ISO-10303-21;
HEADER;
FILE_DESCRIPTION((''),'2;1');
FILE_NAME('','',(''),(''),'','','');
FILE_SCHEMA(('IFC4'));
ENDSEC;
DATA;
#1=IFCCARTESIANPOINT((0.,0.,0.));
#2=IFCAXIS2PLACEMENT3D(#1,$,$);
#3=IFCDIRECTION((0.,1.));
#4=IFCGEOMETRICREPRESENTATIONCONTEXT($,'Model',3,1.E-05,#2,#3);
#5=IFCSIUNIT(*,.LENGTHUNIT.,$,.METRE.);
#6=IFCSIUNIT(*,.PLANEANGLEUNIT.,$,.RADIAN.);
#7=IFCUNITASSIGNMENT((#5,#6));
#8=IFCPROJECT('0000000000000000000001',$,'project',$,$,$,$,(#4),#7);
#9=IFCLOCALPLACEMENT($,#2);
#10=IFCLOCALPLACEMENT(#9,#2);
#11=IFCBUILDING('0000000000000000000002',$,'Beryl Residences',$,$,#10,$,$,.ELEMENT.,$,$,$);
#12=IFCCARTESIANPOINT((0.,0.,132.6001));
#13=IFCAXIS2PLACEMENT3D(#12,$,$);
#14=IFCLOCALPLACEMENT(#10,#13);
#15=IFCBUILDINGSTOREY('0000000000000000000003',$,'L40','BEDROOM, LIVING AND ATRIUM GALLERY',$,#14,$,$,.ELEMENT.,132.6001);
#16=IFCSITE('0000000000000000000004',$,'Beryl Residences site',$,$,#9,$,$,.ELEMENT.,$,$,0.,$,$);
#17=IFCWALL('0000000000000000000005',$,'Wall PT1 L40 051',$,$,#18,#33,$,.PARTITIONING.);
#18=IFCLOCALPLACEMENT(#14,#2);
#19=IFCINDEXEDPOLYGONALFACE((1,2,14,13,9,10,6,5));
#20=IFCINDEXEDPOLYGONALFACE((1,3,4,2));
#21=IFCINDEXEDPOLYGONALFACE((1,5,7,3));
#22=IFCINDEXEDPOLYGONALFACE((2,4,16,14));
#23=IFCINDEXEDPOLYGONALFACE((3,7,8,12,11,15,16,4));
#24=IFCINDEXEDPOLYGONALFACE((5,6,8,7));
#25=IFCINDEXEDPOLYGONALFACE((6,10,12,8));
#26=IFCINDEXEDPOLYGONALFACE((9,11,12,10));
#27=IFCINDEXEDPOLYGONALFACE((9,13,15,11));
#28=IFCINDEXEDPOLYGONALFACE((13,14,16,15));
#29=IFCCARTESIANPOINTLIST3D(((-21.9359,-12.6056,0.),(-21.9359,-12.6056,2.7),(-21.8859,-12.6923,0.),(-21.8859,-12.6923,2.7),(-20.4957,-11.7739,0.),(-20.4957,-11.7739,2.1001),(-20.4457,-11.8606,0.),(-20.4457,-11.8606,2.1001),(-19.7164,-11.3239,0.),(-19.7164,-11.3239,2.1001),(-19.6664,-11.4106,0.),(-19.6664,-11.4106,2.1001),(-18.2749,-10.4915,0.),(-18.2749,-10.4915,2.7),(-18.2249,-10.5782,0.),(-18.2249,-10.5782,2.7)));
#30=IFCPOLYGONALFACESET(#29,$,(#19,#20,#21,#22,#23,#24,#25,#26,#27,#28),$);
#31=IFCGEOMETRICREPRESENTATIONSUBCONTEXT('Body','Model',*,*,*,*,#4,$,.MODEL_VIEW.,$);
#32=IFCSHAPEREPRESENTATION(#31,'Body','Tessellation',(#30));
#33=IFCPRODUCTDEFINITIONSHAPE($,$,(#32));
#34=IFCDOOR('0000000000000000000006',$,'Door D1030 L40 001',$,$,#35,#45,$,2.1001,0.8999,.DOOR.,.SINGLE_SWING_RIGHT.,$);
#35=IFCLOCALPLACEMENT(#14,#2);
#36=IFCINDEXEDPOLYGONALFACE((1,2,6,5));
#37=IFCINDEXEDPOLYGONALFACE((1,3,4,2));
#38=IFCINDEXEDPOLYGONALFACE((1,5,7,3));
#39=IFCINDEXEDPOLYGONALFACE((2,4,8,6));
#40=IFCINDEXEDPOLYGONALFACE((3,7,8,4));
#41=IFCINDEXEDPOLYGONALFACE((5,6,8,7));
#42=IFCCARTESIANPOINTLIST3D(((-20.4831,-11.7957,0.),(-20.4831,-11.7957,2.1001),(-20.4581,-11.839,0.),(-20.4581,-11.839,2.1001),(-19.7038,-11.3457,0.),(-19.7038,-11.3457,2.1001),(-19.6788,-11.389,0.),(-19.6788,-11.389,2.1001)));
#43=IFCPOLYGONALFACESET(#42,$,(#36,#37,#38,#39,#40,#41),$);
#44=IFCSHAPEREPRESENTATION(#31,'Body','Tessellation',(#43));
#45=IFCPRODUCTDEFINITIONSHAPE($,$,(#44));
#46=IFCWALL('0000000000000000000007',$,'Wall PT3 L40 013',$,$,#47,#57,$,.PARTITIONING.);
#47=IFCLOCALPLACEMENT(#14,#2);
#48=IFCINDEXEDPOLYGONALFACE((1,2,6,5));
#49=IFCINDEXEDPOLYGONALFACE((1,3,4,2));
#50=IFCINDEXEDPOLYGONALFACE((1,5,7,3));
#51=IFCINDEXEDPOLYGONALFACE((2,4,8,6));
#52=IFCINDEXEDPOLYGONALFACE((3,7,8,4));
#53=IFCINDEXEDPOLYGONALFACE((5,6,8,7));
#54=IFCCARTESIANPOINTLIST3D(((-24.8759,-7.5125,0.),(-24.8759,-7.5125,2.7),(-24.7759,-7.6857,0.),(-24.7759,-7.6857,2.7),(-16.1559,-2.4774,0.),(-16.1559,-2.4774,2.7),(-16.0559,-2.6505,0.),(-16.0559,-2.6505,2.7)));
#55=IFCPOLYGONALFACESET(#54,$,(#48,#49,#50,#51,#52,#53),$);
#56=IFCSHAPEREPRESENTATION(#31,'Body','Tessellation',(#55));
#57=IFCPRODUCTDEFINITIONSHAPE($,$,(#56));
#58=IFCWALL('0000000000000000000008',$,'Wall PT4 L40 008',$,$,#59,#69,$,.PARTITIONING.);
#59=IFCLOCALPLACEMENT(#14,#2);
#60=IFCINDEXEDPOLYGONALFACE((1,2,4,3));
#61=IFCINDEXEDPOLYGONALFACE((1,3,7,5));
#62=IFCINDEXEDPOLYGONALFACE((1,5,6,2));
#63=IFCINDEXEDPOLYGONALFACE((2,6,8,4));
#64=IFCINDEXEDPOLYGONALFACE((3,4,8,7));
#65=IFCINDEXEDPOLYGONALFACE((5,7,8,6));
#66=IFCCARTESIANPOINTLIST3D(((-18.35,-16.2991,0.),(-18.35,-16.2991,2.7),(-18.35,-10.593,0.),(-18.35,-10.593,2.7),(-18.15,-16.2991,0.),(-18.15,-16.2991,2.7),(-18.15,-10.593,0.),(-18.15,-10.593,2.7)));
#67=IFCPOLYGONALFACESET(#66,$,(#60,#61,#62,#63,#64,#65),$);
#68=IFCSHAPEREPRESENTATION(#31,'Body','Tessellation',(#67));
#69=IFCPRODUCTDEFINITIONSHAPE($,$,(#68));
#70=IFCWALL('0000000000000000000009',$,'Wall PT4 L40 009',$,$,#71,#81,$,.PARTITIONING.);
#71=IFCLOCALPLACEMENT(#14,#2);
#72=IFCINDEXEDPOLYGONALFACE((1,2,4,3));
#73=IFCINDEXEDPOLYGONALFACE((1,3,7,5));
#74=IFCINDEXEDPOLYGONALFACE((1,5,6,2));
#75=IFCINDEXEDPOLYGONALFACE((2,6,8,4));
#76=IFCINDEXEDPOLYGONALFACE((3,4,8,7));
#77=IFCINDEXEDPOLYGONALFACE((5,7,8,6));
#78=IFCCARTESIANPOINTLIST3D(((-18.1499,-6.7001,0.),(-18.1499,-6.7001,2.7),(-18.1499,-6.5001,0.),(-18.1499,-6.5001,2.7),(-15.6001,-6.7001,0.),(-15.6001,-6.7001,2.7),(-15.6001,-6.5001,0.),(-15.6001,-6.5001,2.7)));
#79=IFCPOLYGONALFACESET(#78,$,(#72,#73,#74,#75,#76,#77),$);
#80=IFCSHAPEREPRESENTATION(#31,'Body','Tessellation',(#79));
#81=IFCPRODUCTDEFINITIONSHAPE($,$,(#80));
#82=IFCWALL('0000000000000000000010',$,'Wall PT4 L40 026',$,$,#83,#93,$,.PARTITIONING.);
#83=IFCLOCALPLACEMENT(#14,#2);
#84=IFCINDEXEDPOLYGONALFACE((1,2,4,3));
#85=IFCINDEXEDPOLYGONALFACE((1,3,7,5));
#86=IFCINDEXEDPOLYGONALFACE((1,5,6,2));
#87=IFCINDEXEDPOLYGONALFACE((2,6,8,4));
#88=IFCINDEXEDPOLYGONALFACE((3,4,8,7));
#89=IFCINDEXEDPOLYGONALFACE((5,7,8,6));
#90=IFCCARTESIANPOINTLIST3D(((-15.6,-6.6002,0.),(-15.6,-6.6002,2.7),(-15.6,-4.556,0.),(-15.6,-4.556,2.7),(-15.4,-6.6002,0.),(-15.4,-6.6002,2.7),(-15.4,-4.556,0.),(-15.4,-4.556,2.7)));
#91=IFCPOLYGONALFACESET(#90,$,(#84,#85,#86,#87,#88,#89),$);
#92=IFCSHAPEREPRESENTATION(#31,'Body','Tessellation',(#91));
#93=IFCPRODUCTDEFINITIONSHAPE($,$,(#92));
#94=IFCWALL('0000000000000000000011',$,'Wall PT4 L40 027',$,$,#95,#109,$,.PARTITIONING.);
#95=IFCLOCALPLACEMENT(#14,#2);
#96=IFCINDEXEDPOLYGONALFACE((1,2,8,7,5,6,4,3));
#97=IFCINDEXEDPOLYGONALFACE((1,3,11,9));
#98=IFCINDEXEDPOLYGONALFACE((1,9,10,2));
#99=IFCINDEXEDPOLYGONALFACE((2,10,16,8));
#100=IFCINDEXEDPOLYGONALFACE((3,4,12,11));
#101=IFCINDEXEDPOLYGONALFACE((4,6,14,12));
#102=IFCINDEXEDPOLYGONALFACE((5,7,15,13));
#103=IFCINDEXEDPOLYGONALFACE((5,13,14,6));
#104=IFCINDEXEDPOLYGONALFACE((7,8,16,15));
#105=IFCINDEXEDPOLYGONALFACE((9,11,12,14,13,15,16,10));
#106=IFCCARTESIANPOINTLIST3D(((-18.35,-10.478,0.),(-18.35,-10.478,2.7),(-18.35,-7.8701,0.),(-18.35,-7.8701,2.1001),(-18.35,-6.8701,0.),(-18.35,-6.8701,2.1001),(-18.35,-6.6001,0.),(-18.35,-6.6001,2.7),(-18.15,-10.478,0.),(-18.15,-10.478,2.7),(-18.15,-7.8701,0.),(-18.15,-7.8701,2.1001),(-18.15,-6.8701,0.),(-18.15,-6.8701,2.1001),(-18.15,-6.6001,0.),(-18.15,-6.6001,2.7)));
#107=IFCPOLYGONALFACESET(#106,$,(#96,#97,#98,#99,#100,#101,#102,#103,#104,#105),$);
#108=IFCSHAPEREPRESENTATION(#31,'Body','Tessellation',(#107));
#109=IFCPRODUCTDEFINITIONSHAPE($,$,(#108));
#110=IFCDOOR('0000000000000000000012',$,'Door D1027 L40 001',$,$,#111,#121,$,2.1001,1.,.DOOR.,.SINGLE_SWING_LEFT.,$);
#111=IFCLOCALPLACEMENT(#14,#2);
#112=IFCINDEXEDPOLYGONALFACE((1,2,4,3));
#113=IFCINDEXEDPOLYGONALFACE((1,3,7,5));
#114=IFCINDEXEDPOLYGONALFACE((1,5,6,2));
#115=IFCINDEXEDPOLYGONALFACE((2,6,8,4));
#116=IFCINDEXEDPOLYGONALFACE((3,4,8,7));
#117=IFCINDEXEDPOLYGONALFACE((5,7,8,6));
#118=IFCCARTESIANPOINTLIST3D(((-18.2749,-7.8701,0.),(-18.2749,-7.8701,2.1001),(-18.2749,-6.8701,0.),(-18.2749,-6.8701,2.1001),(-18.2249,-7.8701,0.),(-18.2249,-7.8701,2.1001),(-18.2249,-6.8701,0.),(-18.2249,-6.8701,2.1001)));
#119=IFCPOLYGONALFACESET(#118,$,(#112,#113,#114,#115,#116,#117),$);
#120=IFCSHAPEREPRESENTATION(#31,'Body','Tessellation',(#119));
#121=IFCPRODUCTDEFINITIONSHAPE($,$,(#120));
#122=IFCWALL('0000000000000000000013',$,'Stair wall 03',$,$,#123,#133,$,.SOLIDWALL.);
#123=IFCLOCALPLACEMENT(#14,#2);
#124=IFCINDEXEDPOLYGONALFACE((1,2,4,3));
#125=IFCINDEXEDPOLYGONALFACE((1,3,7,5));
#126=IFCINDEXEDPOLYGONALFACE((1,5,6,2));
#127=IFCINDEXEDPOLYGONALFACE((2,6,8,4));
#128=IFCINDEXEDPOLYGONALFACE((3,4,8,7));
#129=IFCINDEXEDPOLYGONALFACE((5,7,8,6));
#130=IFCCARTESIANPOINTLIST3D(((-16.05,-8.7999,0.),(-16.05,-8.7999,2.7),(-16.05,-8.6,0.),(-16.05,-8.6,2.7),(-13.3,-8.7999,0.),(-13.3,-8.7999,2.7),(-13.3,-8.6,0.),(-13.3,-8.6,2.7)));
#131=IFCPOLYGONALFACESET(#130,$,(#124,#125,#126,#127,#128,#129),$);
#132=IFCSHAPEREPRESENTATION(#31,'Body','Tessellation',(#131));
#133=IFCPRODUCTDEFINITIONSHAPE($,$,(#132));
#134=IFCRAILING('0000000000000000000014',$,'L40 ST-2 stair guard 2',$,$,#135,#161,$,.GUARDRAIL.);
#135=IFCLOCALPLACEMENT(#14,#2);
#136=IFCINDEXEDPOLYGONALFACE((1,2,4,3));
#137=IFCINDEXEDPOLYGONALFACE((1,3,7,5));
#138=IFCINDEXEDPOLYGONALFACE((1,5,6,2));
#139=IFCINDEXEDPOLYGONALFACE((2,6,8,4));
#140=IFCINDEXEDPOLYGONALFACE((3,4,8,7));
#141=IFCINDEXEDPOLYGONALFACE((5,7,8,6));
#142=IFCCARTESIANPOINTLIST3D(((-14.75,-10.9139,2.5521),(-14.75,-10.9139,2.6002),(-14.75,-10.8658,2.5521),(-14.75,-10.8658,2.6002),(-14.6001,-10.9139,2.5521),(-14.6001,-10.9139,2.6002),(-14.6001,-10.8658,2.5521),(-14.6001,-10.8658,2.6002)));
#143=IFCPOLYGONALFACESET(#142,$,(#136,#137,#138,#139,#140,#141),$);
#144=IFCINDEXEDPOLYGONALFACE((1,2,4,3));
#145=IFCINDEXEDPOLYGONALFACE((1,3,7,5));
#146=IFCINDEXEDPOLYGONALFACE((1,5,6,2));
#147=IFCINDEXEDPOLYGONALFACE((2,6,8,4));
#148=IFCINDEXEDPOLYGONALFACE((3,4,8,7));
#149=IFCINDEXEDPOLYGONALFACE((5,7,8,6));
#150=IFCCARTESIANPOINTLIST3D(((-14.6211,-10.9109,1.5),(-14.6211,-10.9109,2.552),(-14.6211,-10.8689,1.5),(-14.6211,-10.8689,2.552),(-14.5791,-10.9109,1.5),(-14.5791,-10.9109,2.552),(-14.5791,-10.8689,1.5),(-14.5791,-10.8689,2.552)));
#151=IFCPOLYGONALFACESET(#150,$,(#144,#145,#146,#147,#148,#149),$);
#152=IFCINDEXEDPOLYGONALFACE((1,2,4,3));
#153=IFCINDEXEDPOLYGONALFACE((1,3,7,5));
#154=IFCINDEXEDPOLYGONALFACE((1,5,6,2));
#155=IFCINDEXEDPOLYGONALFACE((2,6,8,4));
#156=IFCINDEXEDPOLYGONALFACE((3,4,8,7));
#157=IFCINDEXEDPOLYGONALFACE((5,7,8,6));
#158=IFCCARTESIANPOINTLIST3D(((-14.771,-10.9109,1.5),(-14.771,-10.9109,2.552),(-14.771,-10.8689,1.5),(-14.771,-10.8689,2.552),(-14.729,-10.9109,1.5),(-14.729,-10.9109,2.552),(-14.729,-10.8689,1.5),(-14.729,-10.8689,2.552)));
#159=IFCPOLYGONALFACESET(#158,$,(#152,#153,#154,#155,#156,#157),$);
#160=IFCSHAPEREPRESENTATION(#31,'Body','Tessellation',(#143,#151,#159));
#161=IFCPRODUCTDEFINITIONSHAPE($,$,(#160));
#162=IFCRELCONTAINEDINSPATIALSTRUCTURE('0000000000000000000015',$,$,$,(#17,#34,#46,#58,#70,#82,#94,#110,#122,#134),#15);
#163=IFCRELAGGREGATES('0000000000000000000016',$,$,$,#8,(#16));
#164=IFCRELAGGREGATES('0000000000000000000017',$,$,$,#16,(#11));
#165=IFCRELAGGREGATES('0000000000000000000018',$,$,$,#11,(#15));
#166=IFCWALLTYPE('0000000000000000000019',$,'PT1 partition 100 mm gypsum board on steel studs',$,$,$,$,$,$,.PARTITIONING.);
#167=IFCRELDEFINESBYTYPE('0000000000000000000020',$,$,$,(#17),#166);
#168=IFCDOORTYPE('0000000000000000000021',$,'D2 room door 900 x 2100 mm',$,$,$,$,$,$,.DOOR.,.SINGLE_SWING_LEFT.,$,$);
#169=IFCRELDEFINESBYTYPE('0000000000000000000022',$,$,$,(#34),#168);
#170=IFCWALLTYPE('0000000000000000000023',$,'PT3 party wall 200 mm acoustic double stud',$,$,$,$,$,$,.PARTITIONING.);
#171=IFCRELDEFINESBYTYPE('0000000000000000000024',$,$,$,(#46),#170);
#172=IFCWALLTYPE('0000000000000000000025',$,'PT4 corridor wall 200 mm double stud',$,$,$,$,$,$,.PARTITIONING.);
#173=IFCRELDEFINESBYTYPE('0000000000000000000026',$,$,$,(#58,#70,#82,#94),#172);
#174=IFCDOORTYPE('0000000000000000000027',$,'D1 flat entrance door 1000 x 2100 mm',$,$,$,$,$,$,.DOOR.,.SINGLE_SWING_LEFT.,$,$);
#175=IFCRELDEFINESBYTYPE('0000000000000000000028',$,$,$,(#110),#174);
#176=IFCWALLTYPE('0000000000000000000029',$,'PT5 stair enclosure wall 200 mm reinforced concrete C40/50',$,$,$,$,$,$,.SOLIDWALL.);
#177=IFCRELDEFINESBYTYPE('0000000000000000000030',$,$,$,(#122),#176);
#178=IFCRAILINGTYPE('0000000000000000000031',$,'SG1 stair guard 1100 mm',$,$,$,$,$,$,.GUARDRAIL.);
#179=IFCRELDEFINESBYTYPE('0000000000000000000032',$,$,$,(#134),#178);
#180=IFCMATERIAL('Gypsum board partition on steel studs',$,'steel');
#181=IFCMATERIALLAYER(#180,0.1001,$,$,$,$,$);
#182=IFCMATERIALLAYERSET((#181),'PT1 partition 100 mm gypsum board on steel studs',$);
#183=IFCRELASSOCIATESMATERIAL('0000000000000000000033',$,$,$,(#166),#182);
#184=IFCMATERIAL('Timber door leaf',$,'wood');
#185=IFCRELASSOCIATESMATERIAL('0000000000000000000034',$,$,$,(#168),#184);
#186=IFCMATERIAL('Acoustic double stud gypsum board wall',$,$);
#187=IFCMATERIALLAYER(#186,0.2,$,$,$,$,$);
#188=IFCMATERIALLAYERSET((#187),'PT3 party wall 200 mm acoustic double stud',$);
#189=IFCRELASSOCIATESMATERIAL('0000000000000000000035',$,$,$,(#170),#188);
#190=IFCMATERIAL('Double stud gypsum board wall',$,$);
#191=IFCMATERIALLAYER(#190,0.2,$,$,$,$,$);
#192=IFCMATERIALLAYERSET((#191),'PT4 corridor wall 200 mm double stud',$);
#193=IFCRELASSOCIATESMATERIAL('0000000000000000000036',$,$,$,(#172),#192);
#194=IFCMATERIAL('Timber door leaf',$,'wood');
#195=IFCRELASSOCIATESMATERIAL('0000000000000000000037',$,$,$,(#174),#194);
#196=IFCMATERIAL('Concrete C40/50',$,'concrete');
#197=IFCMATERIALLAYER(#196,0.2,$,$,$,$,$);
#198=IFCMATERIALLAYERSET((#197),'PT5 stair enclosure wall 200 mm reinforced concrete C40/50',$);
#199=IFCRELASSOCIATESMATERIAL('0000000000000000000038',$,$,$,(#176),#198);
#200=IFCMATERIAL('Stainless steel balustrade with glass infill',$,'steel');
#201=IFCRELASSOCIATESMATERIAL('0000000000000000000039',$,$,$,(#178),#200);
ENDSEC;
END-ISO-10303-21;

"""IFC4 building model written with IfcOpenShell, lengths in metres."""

from ifc_helpers import new_model, si_unit, direction, frame, frame_2d, origin, origin_2d, place, context, subcontext, project, spatial, rectangle, extrude, material, layer, layer_set, type_object, element, fill, save


model = new_model("IFC4")

# Units and contexts
model_context = context("Model", 3, precision=1e-05, world=origin(), true_north=direction((0.0, 1.0)))
body_context = subcontext(model_context, "Body", "Model", "MODEL_VIEW")
ifc_project = project(units=[si_unit("LENGTHUNIT", "METRE"), si_unit("PLANEANGLEUNIT", "RADIAN")], contexts=[model_context])

# Site, building, storey
site_placement = place(None, origin())
site = spatial("IfcSite", under=ifc_project, at=site_placement, Name="Beryl Residences site", CompositionType="ELEMENT", RefElevation=0.0)
building_placement = place(site_placement, origin())
building = spatial("IfcBuilding", under=site, at=building_placement, Name="Beryl Residences", CompositionType="ELEMENT")
storey_placement = place(building_placement, frame((0.0, 0.0, 132.6001)))
storey = spatial("IfcBuildingStorey", under=building, at=storey_placement, Name="L40", Description="BEDROOM, LIVING AND ATRIUM GALLERY", CompositionType="ELEMENT", Elevation=132.6001)

# Shared definitions
ifc_material_1 = material(Name="Gypsum board partition on steel studs", Category="steel")
ifc_layer_1 = layer(ifc_material_1, 0.1001)
ifc_layer_set_1 = layer_set([ifc_layer_1], Name="PT1 partition 100 mm gypsum board on steel studs")
wall_type_1 = type_object("IfcWallType", Name="PT1 partition 100 mm gypsum board on steel studs", PredefinedType="PARTITIONING", material=ifc_layer_set_1)
ifc_material_2 = material(Name="Timber door leaf", Category="wood")
door_type_1 = type_object("IfcDoorType", Name="D2 room door 900 x 2100 mm", OperationType="SINGLE_SWING_LEFT", PredefinedType="DOOR", material=ifc_material_2)

# Wall, opening, door
wall_1_placement = place(storey_placement, frame((-21.9109, -12.6489, 0.0), z_axis=(0.0, 0.0, 1.0), x_axis=(0.865985, 0.500071, 0.0)))
wall_1 = element("IfcWall", 1, at=wall_1_placement, inside=storey, type_object=wall_type_1, Name="Wall PT1 L40 051", PredefinedType="PARTITIONING", context=body_context, shape_type="SweptSolid", body=[
    extrude(rectangle(XDim=4.2275, YDim=0.1001, at=frame_2d((2.1138, 0.0))), origin(), (0.0, 0.0, 1.0), 2.7),
])
opening_1_placement = place(wall_1_placement, frame((1.6631, 0.0, 0.0)))
opening_1 = element("IfcOpeningElement", 2, at=opening_1_placement, cuts=wall_1, PredefinedType="OPENING", context=body_context, shape_type="SweptSolid", body=[
    extrude(rectangle(XDim=0.8999, YDim=2.1001, at=frame_2d((0.45, 1.05))), frame((0.0, 0.0601, 0.0), z_axis=(0.0, -1.0, 0.0), x_axis=(1.0, 0.0, 0.0)), (0.0, 0.0, 1.0), 0.1201),
])
door_1_placement = place(opening_1_placement, origin())
door_1 = element("IfcDoor", 3, at=door_1_placement, inside=storey, type_object=door_type_1, Name="Door D1030 L40 001", OperationType="SINGLE_SWING_RIGHT", OverallHeight=2.1001, OverallWidth=0.8999, PredefinedType="DOOR", context=body_context, shape_type="SweptSolid", body=[
    extrude(rectangle(XDim=0.8999, YDim=2.1001, at=frame_2d((0.45, 1.05))), frame((0.0, 0.0249, 0.0), z_axis=(0.0, -1.0, 0.0), x_axis=(1.0, 0.0, 0.0)), (0.0, 0.0, 1.0), 0.05),
])
fill(opening_1, door_1)

# Walls
ifc_material_3 = material(Name="Acoustic double stud gypsum board wall")
ifc_layer_2 = layer(ifc_material_3, 0.2)
ifc_layer_set_2 = layer_set([ifc_layer_2], Name="PT3 party wall 200 mm acoustic double stud")
wall_type_2 = type_object("IfcWallType", Name="PT3 party wall 200 mm acoustic double stud", PredefinedType="PARTITIONING", material=ifc_layer_set_2)
wall_2_placement = place(storey_placement, frame((-24.8259, -7.5991, 0.0), z_axis=(0.0, 0.0, 1.0), x_axis=(0.865996, 0.500051, 0.0)))
element("IfcWall", 4, at=wall_2_placement, inside=storey, type_object=wall_type_2, Name="Wall PT3 L40 013", PredefinedType="PARTITIONING", context=body_context, shape_type="SweptSolid", body=[
    extrude(rectangle(XDim=10.0693, YDim=0.2, at=frame_2d((5.0347, 0.0))), origin(), (0.0, 0.0, 1.0), 2.7),
])
ifc_material_4 = material(Name="Double stud gypsum board wall")
ifc_layer_3 = layer(ifc_material_4, 0.2)
ifc_layer_set_3 = layer_set([ifc_layer_3], Name="PT4 corridor wall 200 mm double stud")
wall_type_3 = type_object("IfcWallType", Name="PT4 corridor wall 200 mm double stud", PredefinedType="PARTITIONING", material=ifc_layer_set_3)
wall_3_placement = place(storey_placement, frame((-18.25, -10.593, 0.0), z_axis=(0.0, 0.0, 1.0), x_axis=(0.0, -1.0, 0.0)))
element("IfcWall", 5, at=wall_3_placement, inside=storey, type_object=wall_type_3, Name="Wall PT4 L40 008", PredefinedType="PARTITIONING", context=body_context, shape_type="SweptSolid", body=[
    extrude(rectangle(XDim=5.7061, YDim=0.2, at=frame_2d((2.853, 0.0))), origin(), (0.0, 0.0, 1.0), 2.7),
])
wall_4_placement = place(storey_placement, frame((-18.1499, -6.6001, 0.0), z_axis=(0.0, 0.0, 1.0), x_axis=(1.0, 0.0, 0.0)))
element("IfcWall", 6, at=wall_4_placement, inside=storey, type_object=wall_type_3, Name="Wall PT4 L40 009", PredefinedType="PARTITIONING", context=body_context, shape_type="SweptSolid", body=[
    extrude(rectangle(XDim=2.5498, YDim=0.2, at=frame_2d((1.2749, 0.0))), origin(), (0.0, 0.0, 1.0), 2.7),
])
wall_5_placement = place(storey_placement, frame((-15.5, -6.6001, 0.0), z_axis=(0.0, 0.0, 1.0), x_axis=(0.0, 1.0, 0.0)))
element("IfcWall", 7, at=wall_5_placement, inside=storey, type_object=wall_type_3, Name="Wall PT4 L40 026", PredefinedType="PARTITIONING", context=body_context, shape_type="SweptSolid", body=[
    extrude(rectangle(XDim=2.0442, YDim=0.2, at=frame_2d((1.022, 0.0))), origin(), (0.0, 0.0, 1.0), 2.7),
])

# Wall, opening, door
wall_6_placement = place(storey_placement, frame((-18.25, -10.478, 0.0), z_axis=(0.0, 0.0, 1.0), x_axis=(0.0, 1.0, 0.0)))
wall_6 = element("IfcWall", 8, at=wall_6_placement, inside=storey, type_object=wall_type_3, Name="Wall PT4 L40 027", PredefinedType="PARTITIONING", context=body_context, shape_type="SweptSolid", body=[
    extrude(rectangle(XDim=3.8779, YDim=0.2, at=frame_2d((1.939, 0.0))), origin(), (0.0, 0.0, 1.0), 2.7),
])
opening_2_placement = place(wall_6_placement, frame((2.6079, 0.0, 0.0)))
opening_2 = element("IfcOpeningElement", 9, at=opening_2_placement, cuts=wall_6, PredefinedType="OPENING", context=body_context, shape_type="SweptSolid", body=[
    extrude(rectangle(XDim=1.0, YDim=2.1001, at=frame_2d((0.5, 1.05))), frame((0.0, 0.1099, 0.0), z_axis=(0.0, -1.0, 0.0), x_axis=(1.0, 0.0, 0.0)), (0.0, 0.0, 1.0), 0.22),
])
ifc_material_5 = material(Name="Timber door leaf", Category="wood")
door_type_2 = type_object("IfcDoorType", Name="D1 flat entrance door 1000 x 2100 mm", OperationType="SINGLE_SWING_LEFT", PredefinedType="DOOR", material=ifc_material_5)
door_2_placement = place(opening_2_placement, origin())
door_2 = element("IfcDoor", 10, at=door_2_placement, inside=storey, type_object=door_type_2, Name="Door D1027 L40 001", OperationType="SINGLE_SWING_LEFT", OverallHeight=2.1001, OverallWidth=1.0, PredefinedType="DOOR", context=body_context, shape_type="SweptSolid", body=[
    extrude(rectangle(XDim=1.0, YDim=2.1001, at=frame_2d((0.5, 1.05))), frame((0.0, 0.0249, 0.0), z_axis=(0.0, -1.0, 0.0), x_axis=(1.0, 0.0, 0.0)), (0.0, 0.0, 1.0), 0.05),
])
fill(opening_2, door_2)

# Wall
ifc_material_6 = material(Name="Concrete C40/50", Category="concrete")
ifc_layer_4 = layer(ifc_material_6, 0.2)
ifc_layer_set_4 = layer_set([ifc_layer_4], Name="PT5 stair enclosure wall 200 mm reinforced concrete C40/50")
wall_type_4 = type_object("IfcWallType", Name="PT5 stair enclosure wall 200 mm reinforced concrete C40/50", PredefinedType="SOLIDWALL", material=ifc_layer_set_4)
wall_7_placement = place(storey_placement, frame((-16.05, -8.7, 0.0), z_axis=(0.0, 0.0, 1.0), x_axis=(1.0, 0.0, 0.0)))
element("IfcWall", 11, at=wall_7_placement, inside=storey, type_object=wall_type_4, Name="Stair wall 03", PredefinedType="SOLIDWALL", context=body_context, shape_type="SweptSolid", body=[
    extrude(rectangle(XDim=2.75, YDim=0.2, at=frame_2d((1.375, 0.0))), origin(), (0.0, 0.0, 1.0), 2.7),
])

# Railing
ifc_material_7 = material(Name="Stainless steel balustrade with glass infill", Category="steel")
railing_type_1 = type_object("IfcRailingType", Name="SG1 stair guard 1100 mm", PredefinedType="GUARDRAIL", material=ifc_material_7)
railing_1_placement = place(storey_placement, frame((-14.6001, -10.8899, 1.5)))
element("IfcRailing", 12, at=railing_1_placement, inside=storey, type_object=railing_type_1, Name="L40 ST-2 stair guard 2", PredefinedType="GUARDRAIL", context=body_context, shape_type="SweptSolid", body=[
    extrude(rectangle(XDim=0.0481, YDim=0.0481, at=origin_2d()), frame((0.0, 0.0, 1.0762), z_axis=(-1.0, 0.0, 0.0), x_axis=(0.0, -1.0, 0.0)), (0.0, 0.0, 1.0), 0.1499),
    extrude(rectangle(XDim=0.042, YDim=0.042, at=origin_2d()), origin(), (0.0, 0.0, 1.0), 1.052),
    extrude(rectangle(XDim=0.042, YDim=0.042, at=origin_2d()), frame((-0.1499, 0.0, 0.0)), (0.0, 0.0, 1.0), 1.052),
])

save(model, "model.ifc")
